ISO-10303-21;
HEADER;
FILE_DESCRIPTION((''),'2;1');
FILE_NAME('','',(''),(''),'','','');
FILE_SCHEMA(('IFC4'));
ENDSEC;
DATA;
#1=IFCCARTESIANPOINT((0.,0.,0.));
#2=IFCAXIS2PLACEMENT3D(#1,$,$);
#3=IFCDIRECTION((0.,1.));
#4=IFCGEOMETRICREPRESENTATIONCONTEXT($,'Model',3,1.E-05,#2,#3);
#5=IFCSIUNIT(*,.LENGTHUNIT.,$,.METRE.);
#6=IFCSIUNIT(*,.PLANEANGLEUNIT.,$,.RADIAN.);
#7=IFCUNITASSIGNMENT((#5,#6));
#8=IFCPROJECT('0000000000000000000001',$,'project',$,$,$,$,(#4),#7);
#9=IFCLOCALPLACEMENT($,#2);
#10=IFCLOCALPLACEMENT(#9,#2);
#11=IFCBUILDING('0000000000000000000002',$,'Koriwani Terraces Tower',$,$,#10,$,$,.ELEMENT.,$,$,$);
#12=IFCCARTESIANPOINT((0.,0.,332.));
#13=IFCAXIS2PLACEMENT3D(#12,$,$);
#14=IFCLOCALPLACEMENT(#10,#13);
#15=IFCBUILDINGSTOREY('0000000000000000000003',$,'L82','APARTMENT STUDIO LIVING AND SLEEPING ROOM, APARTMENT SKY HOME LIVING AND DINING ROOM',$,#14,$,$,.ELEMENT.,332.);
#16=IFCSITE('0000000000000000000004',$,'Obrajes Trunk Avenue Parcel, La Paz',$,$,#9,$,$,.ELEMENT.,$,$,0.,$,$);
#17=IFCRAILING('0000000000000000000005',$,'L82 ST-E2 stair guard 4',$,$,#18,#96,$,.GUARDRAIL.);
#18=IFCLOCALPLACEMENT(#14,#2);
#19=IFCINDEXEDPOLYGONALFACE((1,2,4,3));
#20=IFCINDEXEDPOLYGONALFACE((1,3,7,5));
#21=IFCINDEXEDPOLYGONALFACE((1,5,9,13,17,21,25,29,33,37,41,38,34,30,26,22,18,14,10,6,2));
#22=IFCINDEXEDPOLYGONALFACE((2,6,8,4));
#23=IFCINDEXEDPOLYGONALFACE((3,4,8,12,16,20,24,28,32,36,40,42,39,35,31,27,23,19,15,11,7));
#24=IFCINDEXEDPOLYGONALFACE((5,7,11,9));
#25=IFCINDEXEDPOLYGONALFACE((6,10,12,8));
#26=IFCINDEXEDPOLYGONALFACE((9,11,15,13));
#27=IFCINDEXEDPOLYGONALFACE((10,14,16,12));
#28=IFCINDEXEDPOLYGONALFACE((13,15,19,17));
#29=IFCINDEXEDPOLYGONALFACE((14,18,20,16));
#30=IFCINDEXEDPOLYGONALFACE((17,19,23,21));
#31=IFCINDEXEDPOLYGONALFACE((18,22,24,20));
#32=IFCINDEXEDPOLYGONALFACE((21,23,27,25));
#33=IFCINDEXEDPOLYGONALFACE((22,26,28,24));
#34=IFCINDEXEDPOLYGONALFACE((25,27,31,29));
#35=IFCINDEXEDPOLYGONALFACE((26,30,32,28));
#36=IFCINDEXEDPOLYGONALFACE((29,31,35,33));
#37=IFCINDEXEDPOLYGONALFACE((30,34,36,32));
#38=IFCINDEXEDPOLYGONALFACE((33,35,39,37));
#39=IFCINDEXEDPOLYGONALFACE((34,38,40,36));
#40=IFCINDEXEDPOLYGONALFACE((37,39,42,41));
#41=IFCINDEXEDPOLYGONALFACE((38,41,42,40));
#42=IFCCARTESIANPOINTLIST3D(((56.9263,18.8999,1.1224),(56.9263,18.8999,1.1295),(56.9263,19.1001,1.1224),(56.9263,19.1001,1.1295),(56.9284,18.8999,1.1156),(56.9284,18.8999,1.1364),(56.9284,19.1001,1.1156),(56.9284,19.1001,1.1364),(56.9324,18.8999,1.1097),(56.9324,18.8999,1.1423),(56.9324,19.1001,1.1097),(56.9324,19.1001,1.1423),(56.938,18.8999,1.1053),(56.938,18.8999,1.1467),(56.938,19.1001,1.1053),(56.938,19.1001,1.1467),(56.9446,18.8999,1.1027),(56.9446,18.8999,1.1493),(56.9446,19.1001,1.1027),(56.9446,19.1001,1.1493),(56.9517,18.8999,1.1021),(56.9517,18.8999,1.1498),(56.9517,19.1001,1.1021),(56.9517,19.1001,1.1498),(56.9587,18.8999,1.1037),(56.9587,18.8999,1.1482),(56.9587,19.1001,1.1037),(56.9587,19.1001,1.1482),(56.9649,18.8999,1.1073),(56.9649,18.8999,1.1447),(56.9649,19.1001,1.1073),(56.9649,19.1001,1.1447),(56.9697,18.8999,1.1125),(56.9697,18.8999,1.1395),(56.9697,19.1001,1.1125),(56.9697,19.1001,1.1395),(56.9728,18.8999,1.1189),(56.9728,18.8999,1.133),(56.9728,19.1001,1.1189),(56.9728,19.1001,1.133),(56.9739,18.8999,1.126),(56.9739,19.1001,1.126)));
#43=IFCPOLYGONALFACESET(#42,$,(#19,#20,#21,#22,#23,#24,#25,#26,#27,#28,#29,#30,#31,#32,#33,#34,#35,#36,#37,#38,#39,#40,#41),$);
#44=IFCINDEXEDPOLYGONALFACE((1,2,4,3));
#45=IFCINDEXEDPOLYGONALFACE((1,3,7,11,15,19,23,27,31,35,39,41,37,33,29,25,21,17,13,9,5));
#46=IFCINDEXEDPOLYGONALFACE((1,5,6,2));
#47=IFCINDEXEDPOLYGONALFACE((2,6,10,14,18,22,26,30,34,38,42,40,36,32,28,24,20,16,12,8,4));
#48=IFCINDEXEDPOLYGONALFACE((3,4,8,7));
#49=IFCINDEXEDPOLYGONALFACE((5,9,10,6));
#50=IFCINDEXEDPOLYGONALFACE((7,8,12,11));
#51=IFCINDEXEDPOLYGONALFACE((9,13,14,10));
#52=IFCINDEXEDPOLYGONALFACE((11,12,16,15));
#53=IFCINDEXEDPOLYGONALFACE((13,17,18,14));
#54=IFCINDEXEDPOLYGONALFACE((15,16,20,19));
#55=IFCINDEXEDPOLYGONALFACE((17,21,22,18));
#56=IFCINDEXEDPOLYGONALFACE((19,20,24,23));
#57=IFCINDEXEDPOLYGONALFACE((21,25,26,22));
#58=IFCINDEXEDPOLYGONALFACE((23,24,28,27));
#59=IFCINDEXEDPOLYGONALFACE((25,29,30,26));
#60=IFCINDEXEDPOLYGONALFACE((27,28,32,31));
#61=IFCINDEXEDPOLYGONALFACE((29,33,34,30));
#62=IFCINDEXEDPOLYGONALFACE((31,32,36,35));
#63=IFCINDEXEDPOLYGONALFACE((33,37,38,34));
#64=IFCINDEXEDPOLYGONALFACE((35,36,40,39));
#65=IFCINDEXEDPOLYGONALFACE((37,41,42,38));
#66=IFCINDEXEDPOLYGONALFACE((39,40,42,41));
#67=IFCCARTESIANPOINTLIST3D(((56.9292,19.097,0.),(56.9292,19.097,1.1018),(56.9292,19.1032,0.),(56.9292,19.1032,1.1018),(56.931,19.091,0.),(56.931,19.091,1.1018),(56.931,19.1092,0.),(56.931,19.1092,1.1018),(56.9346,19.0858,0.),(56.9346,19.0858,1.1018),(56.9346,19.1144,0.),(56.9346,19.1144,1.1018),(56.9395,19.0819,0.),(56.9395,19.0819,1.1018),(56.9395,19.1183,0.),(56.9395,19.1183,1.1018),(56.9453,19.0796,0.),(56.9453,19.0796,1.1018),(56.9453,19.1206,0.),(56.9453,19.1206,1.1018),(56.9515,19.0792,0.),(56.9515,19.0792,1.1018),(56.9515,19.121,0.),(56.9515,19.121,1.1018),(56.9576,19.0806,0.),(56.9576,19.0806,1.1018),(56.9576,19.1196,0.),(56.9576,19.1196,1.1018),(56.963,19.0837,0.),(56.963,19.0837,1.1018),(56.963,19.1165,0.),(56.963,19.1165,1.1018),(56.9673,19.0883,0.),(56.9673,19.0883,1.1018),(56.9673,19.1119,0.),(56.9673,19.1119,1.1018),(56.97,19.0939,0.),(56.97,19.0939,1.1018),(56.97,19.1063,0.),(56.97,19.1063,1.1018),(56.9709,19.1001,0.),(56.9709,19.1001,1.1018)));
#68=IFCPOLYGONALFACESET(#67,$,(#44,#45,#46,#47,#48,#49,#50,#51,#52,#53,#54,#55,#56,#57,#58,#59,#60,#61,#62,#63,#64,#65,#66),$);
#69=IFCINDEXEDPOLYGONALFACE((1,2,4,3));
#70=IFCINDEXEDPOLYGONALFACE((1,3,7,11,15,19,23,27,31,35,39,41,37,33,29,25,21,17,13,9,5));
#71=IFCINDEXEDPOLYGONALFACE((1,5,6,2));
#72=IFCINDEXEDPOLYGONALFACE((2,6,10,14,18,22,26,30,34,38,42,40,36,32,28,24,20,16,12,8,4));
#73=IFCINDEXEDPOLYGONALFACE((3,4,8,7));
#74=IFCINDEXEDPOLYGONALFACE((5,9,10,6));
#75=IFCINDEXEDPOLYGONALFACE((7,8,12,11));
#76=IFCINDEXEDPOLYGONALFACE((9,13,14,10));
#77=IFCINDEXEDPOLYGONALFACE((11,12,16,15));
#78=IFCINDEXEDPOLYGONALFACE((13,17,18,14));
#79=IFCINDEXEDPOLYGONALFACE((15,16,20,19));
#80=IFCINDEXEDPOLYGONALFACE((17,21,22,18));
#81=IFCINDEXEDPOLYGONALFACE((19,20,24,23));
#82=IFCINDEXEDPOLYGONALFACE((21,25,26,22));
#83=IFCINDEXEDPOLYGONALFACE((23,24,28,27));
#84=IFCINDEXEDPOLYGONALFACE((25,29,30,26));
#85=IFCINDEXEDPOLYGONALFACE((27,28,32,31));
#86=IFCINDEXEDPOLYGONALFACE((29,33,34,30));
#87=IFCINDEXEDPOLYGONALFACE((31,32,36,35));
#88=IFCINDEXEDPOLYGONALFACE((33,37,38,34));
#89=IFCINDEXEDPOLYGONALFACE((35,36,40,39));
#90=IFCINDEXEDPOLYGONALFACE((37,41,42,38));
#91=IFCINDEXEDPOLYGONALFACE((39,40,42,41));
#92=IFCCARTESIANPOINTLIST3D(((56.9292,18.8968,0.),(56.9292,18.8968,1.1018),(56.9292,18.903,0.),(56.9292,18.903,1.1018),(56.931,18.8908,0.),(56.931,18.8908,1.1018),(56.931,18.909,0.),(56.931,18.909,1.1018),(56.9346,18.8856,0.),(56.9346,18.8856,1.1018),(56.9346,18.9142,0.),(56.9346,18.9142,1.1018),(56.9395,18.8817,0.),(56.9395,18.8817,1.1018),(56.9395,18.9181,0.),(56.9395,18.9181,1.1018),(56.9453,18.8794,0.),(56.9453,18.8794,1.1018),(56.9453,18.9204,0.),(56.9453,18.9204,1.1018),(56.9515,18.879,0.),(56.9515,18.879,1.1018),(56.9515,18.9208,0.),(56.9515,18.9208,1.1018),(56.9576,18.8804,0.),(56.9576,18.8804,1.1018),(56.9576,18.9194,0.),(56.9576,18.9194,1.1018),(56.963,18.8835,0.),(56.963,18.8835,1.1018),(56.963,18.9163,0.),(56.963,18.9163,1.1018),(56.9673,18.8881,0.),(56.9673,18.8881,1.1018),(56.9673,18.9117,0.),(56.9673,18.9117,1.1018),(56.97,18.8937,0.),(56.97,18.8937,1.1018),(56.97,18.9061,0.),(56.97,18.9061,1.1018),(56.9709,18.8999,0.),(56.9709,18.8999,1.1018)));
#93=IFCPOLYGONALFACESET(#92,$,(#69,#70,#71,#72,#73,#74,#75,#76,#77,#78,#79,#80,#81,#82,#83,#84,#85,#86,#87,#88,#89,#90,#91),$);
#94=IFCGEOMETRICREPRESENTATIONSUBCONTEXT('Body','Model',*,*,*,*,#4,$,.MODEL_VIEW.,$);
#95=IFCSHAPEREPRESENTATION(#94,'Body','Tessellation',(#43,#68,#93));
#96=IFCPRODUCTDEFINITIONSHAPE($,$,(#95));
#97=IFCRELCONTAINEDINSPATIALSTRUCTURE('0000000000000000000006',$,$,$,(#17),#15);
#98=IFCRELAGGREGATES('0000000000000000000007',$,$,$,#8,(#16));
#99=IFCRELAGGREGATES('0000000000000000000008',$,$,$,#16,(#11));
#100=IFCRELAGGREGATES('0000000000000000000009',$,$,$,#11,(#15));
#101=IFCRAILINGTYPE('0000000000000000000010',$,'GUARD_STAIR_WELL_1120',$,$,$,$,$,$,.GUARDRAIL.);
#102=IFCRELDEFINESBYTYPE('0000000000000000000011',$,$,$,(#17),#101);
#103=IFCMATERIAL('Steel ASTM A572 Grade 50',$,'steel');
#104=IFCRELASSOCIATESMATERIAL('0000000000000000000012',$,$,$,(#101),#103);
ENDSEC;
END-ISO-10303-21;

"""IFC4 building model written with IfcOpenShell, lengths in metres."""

from ifc_helpers import new_model, si_unit, direction, frame, origin, origin_2d, place, context, subcontext, project, spatial, circle, extrude, material, type_object, element, save


model = new_model("IFC4")

# Units and contexts
model_context = context("Model", 3, precision=1e-05, world=origin(), true_north=direction((0.0, 1.0)))
body_context = subcontext(model_context, "Body", "Model", "MODEL_VIEW")
ifc_project = project(units=[si_unit("LENGTHUNIT", "METRE"), si_unit("PLANEANGLEUNIT", "RADIAN")], contexts=[model_context])

# Site, building, storey
site_placement = place(None, origin())
site = spatial("IfcSite", under=ifc_project, at=site_placement, Name="Obrajes Trunk Avenue Parcel, La Paz", CompositionType="ELEMENT", RefElevation=0.0)
building_placement = place(site_placement, origin())
building = spatial("IfcBuilding", under=site, at=building_placement, Name="Koriwani Terraces Tower", CompositionType="ELEMENT")
storey_placement = place(building_placement, frame((0.0, 0.0, 332.0)))
storey = spatial("IfcBuildingStorey", under=building, at=storey_placement, Name="L82", Description="APARTMENT STUDIO LIVING AND SLEEPING ROOM, APARTMENT SKY HOME LIVING AND DINING ROOM", CompositionType="ELEMENT", Elevation=332.0)

# Shared definitions
ifc_material_1 = material(Name="Steel ASTM A572 Grade 50", Category="steel")

# Railing
railing_type = type_object("IfcRailingType", Name="GUARD_STAIR_WELL_1120", PredefinedType="GUARDRAIL", material=ifc_material_1)
railing_placement = place(storey_placement, frame((56.95, 19.1001, 0.0)))
element("IfcRailing", 1, at=railing_placement, inside=storey, type_object=railing_type, Name="L82 ST-E2 stair guard 4", PredefinedType="GUARDRAIL", context=body_context, shape_type="SweptSolid", body=[
    extrude(circle(Radius=0.0239, at=origin_2d()), frame((0.0, 0.0, 1.126), z_axis=(0.0, -1.0, 0.0), x_axis=(1.0, 0.0, 0.0)), (0.0, 0.0, 1.0), 0.2002),
    extrude(circle(Radius=0.021, at=origin_2d()), origin(), (0.0, 0.0, 1.0), 1.1018),
    extrude(circle(Radius=0.021, at=origin_2d()), frame((0.0, -0.2002, 0.0)), (0.0, 0.0, 1.0), 1.1018),
])

save(model, "model.ifc")
